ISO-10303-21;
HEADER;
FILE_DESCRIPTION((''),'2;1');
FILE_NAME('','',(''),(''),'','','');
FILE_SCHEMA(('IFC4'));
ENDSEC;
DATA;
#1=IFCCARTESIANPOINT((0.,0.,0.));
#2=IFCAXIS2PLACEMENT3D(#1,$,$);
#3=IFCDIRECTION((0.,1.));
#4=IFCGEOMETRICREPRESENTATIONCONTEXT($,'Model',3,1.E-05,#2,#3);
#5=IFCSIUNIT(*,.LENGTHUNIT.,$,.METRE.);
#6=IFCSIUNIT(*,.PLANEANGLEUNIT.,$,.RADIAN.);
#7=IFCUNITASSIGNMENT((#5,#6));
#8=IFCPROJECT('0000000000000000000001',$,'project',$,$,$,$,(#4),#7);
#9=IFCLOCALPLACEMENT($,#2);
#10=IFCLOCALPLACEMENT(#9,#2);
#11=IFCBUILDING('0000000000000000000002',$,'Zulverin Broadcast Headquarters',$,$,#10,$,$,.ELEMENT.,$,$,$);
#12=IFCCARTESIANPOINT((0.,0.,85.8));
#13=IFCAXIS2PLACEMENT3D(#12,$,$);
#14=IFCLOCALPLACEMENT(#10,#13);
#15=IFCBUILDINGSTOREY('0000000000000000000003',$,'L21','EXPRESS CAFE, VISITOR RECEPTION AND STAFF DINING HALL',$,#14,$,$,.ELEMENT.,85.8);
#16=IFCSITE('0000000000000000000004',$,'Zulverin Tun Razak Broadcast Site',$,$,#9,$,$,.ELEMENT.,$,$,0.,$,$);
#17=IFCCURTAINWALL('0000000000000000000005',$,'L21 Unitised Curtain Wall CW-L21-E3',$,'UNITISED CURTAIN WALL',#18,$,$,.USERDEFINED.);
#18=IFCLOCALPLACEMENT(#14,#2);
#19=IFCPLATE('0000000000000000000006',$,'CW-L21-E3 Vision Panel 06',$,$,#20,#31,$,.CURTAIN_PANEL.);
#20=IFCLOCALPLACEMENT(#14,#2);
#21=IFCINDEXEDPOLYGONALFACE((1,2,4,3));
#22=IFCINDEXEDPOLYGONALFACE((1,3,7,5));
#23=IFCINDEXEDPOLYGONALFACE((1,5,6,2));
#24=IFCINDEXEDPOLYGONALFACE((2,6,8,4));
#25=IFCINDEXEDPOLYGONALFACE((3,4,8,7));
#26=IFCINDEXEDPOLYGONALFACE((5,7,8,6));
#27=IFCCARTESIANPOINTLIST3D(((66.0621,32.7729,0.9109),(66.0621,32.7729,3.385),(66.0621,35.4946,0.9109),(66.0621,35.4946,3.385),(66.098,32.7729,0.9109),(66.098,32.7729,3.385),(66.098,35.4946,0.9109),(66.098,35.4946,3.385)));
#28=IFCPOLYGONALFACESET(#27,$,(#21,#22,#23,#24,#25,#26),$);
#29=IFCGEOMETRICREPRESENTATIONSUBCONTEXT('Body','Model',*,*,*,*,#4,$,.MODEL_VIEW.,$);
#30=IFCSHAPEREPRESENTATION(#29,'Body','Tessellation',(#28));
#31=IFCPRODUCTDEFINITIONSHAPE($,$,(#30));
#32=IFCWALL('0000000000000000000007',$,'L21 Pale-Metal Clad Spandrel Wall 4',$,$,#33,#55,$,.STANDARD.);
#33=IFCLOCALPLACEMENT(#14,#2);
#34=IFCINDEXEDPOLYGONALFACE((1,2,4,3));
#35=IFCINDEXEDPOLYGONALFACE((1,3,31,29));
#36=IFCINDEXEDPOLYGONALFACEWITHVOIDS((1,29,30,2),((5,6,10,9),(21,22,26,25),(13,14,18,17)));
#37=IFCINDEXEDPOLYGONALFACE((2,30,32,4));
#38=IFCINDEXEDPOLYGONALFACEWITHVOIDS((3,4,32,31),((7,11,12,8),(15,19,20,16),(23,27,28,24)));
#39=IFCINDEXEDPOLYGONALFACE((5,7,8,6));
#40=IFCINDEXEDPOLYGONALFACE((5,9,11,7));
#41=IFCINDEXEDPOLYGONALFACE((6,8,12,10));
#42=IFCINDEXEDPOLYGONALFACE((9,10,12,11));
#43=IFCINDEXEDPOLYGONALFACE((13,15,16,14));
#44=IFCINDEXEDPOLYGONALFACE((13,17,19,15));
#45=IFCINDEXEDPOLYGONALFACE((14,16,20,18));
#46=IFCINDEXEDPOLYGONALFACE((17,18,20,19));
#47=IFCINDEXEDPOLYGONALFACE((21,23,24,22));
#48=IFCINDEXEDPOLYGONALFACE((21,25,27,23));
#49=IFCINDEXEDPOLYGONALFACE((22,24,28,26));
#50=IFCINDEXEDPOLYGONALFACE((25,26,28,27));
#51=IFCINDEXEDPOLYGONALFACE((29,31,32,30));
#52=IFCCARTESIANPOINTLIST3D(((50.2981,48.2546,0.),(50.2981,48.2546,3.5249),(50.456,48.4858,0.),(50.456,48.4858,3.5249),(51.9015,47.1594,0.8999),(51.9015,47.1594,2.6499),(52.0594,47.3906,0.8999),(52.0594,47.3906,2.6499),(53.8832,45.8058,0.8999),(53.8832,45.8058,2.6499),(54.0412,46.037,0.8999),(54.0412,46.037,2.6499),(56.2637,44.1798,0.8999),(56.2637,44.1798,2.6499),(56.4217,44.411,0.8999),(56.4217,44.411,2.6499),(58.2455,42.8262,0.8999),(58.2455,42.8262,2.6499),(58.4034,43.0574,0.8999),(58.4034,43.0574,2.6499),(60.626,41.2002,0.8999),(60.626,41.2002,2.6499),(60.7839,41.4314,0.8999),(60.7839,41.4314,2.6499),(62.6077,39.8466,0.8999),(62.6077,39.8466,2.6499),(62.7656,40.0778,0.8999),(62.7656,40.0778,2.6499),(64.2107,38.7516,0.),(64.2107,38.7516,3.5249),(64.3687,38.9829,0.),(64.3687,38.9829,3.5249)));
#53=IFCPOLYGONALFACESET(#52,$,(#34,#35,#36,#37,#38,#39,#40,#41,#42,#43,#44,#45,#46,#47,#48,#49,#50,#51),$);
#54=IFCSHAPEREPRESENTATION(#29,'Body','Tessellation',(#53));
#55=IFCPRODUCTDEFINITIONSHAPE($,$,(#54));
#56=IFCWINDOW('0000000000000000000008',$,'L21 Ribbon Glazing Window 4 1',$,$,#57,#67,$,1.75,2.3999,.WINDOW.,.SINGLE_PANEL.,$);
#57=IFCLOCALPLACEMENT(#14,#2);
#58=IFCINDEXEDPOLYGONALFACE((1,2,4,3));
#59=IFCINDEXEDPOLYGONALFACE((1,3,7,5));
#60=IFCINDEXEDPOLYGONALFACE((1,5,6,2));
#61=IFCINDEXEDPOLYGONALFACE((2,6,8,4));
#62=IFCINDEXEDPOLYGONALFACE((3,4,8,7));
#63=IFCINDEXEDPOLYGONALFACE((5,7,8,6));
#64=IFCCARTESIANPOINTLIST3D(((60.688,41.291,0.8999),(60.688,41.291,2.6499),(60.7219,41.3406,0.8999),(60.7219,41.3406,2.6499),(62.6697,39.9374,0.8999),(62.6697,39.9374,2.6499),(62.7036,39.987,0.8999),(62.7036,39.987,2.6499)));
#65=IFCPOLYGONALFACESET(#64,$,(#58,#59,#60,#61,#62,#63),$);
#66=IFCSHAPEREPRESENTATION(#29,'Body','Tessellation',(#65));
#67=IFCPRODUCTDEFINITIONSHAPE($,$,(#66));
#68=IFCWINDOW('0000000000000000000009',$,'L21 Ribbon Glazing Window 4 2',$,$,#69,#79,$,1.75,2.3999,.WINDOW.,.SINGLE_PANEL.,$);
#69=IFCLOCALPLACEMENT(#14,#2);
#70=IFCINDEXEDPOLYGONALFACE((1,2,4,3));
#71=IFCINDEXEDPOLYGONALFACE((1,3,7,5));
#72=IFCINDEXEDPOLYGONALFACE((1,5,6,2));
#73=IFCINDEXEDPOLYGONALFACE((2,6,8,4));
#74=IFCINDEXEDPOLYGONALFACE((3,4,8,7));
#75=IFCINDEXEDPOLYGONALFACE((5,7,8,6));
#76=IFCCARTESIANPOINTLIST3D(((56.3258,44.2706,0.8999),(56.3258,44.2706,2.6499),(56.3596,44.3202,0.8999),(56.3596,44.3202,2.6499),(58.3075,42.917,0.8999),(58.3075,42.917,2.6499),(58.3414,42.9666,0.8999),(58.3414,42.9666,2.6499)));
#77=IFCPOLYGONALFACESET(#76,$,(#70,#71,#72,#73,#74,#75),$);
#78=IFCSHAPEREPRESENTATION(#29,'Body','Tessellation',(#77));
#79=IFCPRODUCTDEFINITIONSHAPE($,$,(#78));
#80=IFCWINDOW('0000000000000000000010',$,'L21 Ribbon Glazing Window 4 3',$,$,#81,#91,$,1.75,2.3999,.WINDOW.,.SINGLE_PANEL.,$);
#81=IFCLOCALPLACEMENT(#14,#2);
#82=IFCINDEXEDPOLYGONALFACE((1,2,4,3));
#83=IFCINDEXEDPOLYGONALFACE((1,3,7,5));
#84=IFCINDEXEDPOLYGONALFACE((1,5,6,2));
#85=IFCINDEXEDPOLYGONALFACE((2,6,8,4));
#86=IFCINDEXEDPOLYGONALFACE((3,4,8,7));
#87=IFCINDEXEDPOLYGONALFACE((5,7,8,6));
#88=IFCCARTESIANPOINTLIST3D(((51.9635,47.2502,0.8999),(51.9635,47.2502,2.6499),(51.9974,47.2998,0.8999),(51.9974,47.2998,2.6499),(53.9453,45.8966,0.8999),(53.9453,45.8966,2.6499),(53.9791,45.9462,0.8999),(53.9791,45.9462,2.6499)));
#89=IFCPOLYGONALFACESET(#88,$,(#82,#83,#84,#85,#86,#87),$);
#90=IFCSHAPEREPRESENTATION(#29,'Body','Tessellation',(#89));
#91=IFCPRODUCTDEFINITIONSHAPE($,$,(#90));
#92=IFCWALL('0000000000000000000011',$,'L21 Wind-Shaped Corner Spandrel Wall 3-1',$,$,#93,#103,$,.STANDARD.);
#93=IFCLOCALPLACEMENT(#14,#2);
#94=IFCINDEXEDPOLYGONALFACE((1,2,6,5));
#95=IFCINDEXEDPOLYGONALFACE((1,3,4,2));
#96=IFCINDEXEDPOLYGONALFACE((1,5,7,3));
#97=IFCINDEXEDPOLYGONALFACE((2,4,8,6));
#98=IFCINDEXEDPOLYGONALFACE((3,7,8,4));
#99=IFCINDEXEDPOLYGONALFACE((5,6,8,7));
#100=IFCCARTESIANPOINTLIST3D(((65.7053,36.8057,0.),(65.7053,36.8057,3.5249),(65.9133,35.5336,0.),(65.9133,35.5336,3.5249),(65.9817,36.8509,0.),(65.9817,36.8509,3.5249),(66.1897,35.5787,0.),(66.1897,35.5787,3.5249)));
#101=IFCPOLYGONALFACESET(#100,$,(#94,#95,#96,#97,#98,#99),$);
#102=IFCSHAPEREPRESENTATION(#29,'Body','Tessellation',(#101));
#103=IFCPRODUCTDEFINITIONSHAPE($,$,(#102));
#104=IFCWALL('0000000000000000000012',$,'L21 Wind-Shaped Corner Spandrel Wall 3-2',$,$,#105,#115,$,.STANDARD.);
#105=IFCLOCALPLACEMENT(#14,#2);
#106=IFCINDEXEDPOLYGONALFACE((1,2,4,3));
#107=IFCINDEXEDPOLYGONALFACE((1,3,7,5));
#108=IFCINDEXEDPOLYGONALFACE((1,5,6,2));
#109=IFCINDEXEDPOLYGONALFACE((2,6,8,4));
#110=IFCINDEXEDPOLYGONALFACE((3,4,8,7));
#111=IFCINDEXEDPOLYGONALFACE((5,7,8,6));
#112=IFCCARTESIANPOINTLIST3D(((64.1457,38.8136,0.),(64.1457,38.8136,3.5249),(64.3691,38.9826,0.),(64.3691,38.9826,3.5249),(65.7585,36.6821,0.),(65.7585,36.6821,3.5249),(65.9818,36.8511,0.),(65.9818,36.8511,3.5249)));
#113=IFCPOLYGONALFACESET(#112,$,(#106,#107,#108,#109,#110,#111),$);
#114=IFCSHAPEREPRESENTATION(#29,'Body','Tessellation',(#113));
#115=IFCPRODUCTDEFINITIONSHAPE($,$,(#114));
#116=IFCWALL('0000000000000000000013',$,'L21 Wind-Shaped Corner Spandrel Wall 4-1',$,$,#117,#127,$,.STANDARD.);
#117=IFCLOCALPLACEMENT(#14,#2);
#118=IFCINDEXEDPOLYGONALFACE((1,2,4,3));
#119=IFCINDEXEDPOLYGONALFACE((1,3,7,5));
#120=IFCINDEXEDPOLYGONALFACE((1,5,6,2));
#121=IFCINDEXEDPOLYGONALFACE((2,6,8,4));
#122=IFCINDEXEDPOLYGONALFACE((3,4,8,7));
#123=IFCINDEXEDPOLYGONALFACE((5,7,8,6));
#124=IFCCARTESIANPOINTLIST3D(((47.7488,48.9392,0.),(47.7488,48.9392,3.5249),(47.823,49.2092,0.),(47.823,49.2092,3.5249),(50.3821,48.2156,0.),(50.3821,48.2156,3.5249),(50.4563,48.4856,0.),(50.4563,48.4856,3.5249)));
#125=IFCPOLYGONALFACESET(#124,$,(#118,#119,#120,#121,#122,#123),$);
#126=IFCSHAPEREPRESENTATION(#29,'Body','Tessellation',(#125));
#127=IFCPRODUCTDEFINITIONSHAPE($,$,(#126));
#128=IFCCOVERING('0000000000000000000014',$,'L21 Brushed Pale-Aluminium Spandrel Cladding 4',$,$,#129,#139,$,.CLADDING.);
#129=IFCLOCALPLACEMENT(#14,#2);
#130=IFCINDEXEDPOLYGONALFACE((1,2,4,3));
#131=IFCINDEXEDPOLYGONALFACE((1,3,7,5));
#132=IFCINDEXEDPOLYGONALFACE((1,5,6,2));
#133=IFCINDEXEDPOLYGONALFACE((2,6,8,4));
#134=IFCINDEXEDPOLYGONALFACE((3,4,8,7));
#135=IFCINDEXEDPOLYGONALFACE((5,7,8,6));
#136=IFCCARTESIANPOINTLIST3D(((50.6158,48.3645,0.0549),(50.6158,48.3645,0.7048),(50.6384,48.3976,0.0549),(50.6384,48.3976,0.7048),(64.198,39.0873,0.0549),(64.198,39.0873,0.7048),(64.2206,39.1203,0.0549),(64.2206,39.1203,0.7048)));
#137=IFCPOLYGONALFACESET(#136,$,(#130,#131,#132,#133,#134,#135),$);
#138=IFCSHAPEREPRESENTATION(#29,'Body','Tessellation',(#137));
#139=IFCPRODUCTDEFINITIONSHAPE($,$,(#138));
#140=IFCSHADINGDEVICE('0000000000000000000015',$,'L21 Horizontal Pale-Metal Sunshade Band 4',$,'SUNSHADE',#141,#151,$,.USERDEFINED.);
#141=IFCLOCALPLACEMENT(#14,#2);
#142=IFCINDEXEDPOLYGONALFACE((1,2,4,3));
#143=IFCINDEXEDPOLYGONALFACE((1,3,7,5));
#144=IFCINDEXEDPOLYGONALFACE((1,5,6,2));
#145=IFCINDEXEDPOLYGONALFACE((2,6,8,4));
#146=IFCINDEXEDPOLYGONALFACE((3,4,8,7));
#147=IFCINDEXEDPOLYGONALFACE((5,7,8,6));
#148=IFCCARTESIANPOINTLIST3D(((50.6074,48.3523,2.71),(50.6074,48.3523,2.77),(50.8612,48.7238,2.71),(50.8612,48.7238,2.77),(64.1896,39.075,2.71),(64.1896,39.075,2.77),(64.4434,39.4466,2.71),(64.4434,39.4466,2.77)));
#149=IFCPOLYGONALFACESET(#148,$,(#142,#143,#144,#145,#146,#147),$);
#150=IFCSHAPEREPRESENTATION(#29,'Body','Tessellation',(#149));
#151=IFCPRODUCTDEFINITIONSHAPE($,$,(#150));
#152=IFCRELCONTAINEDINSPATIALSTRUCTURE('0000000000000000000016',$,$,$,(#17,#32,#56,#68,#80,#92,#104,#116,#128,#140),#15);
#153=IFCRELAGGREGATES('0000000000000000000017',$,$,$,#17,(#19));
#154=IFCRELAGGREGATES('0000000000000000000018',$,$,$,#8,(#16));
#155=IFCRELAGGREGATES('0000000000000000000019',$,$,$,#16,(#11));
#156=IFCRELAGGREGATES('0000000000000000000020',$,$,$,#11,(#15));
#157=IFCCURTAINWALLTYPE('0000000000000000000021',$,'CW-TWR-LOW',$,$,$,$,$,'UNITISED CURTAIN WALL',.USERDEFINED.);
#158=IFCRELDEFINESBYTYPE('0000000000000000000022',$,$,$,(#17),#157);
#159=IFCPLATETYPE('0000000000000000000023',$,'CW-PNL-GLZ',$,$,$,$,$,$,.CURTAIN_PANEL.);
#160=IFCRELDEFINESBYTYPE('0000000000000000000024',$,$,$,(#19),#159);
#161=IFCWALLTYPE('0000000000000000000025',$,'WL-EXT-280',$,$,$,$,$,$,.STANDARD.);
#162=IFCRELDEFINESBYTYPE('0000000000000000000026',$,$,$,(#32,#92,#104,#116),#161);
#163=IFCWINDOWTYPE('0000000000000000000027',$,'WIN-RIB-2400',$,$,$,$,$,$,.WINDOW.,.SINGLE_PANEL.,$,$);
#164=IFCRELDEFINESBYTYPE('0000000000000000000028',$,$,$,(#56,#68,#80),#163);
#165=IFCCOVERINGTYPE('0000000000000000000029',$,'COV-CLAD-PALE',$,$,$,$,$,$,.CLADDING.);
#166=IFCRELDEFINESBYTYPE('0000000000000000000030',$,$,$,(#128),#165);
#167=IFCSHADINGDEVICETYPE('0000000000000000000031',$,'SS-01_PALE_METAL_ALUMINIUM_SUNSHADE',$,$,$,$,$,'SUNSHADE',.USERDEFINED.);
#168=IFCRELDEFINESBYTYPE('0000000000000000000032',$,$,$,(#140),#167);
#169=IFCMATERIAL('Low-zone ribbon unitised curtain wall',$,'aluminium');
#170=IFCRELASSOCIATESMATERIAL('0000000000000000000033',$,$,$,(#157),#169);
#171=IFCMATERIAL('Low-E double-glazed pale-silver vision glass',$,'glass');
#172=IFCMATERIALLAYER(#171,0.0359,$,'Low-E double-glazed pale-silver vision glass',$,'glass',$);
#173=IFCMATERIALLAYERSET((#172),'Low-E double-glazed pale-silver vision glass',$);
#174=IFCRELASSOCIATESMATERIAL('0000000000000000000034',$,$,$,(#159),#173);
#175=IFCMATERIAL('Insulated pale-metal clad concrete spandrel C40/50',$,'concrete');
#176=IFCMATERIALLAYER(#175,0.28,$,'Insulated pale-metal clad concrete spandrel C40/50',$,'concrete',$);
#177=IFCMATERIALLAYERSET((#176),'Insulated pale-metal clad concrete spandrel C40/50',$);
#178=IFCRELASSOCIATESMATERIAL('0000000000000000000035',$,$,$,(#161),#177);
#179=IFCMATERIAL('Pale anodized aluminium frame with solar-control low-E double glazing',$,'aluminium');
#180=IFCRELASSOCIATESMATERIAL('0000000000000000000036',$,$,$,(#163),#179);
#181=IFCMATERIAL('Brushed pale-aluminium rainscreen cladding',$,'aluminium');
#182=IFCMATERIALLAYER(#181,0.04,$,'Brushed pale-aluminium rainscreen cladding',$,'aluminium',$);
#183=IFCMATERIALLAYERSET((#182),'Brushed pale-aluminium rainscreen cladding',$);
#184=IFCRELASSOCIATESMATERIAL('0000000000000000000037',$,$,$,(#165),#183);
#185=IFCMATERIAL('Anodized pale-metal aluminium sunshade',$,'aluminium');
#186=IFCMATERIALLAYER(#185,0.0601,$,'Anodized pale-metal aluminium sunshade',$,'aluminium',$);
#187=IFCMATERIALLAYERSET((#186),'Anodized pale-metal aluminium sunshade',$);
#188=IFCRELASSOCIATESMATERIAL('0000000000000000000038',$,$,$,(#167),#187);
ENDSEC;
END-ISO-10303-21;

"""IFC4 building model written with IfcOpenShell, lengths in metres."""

from ifc_helpers import new_model, si_unit, direction, frame, frame_2d, origin, origin_2d, place, context, subcontext, project, spatial, rectangle, extrude, material, layer, layer_set, type_object, element, fill, aggregate, save


model = new_model("IFC4")

# Units and contexts
model_context = context("Model", 3, precision=1e-05, world=origin(), true_north=direction((0.0, 1.0)))
body_context = subcontext(model_context, "Body", "Model", "MODEL_VIEW")
ifc_project = project(units=[si_unit("LENGTHUNIT", "METRE"), si_unit("PLANEANGLEUNIT", "RADIAN")], contexts=[model_context])

# Site, building, storey
site_placement = place(None, origin())
site = spatial("IfcSite", under=ifc_project, at=site_placement, Name="Zulverin Tun Razak Broadcast Site", CompositionType="ELEMENT", RefElevation=0.0)
building_placement = place(site_placement, origin())
building = spatial("IfcBuilding", under=site, at=building_placement, Name="Zulverin Broadcast Headquarters", CompositionType="ELEMENT")
storey_placement = place(building_placement, frame((0.0, 0.0, 85.8)))
storey = spatial("IfcBuildingStorey", under=building, at=storey_placement, Name="L21", Description="EXPRESS CAFE, VISITOR RECEPTION AND STAFF DINING HALL", CompositionType="ELEMENT", Elevation=85.8)

# Curtain wall, plate
ifc_material_1 = material(Name="Low-zone ribbon unitised curtain wall", Category="aluminium")
curtain_wall_type = type_object("IfcCurtainWallType", Name="CW-TWR-LOW", ElementType="UNITISED CURTAIN WALL", PredefinedType="USERDEFINED", material=ifc_material_1)
curtain_wall_placement = place(storey_placement, origin())
curtain_wall = element("IfcCurtainWall", 1, at=curtain_wall_placement, inside=storey, type_object=curtain_wall_type, Name="L21 Unitised Curtain Wall CW-L21-E3", ObjectType="UNITISED CURTAIN WALL", PredefinedType="USERDEFINED")
ifc_material_2 = material(Name="Low-E double-glazed pale-silver vision glass", Category="glass")
ifc_layer_1 = layer(ifc_material_2, 0.0359, Name="Low-E double-glazed pale-silver vision glass", Category="glass")
ifc_layer_set_1 = layer_set([ifc_layer_1], Name="Low-E double-glazed pale-silver vision glass")
plate_type = type_object("IfcPlateType", Name="CW-PNL-GLZ", PredefinedType="CURTAIN_PANEL", material=ifc_layer_set_1)
plate_placement = place(storey_placement, frame((66.0801, 34.1338, 0.9109), z_axis=(0.0, 0.0, 1.0), x_axis=(0.0, 1.0, 0.0)))
plate = element("IfcPlate", 2, at=plate_placement, type_object=plate_type, Name="CW-L21-E3 Vision Panel 06", PredefinedType="CURTAIN_PANEL", context=body_context, shape_type="SweptSolid", body=[
    extrude(rectangle(XDim=2.7217, YDim=0.0359, at=origin_2d()), origin(), (0.0, 0.0, 1.0), 2.4741),
])
aggregate(curtain_wall, [plate])

# Wall, openings, windows
ifc_material_3 = material(Name="Insulated pale-metal clad concrete spandrel C40/50", Category="concrete")
ifc_layer_2 = layer(ifc_material_3, 0.28, Name="Insulated pale-metal clad concrete spandrel C40/50", Category="concrete")
ifc_layer_set_2 = layer_set([ifc_layer_2], Name="Insulated pale-metal clad concrete spandrel C40/50")
wall_type = type_object("IfcWallType", Name="WL-EXT-280", PredefinedType="STANDARD", material=ifc_layer_set_2)
wall_1_placement = place(storey_placement, frame((64.2898, 38.8672, 0.0), z_axis=(0.0, 0.0, 1.0), x_axis=(-0.825756, 0.564028, 0.0)))
wall_1 = element("IfcWall", 3, at=wall_1_placement, inside=storey, type_object=wall_type, Name="L21 Pale-Metal Clad Spandrel Wall 4", PredefinedType="STANDARD", context=body_context, shape_type="SweptSolid", body=[
    extrude(rectangle(XDim=16.8484, YDim=0.28, at=frame_2d((8.4243, 0.0))), origin(), (0.0, 0.0, 1.0), 3.5249),
])
opening_1_placement = place(wall_1_placement, frame((1.9414, 0.0, 0.8999)))
opening_1 = element("IfcOpeningElement", 4, at=opening_1_placement, cuts=wall_1, PredefinedType="OPENING", context=body_context, shape_type="SweptSolid", body=[
    extrude(rectangle(XDim=2.3999, YDim=1.75, at=frame_2d((1.2, 0.875))), frame((0.0, 0.1499, 0.0), z_axis=(0.0, -1.0, 0.0), x_axis=(1.0, 0.0, 0.0)), (0.0, 0.0, 1.0), 0.3),
])
opening_2_placement = place(wall_1_placement, frame((7.2241, 0.0, 0.8999)))
opening_2 = element("IfcOpeningElement", 5, at=opening_2_placement, cuts=wall_1, PredefinedType="OPENING", context=body_context, shape_type="SweptSolid", body=[
    extrude(rectangle(XDim=2.3999, YDim=1.75, at=frame_2d((1.2, 0.875))), frame((0.0, 0.1499, 0.0), z_axis=(0.0, -1.0, 0.0), x_axis=(1.0, 0.0, 0.0)), (0.0, 0.0, 1.0), 0.3),
])
opening_3_placement = place(wall_1_placement, frame((12.5068, 0.0, 0.8999)))
opening_3 = element("IfcOpeningElement", 6, at=opening_3_placement, cuts=wall_1, PredefinedType="OPENING", context=body_context, shape_type="SweptSolid", body=[
    extrude(rectangle(XDim=2.3999, YDim=1.75, at=frame_2d((1.2, 0.875))), frame((0.0, 0.1499, 0.0), z_axis=(0.0, -1.0, 0.0), x_axis=(1.0, 0.0, 0.0)), (0.0, 0.0, 1.0), 0.3),
])
ifc_material_4 = material(Name="Pale anodized aluminium frame with solar-control low-E double glazing", Category="aluminium")
window_type = type_object("IfcWindowType", Name="WIN-RIB-2400", PartitioningType="SINGLE_PANEL", PredefinedType="WINDOW", material=ifc_material_4)
window_1_placement = place(opening_1_placement, origin())
window_1 = element("IfcWindow", 7, at=window_1_placement, inside=storey, type_object=window_type, Name="L21 Ribbon Glazing Window 4 1", OverallHeight=1.75, OverallWidth=2.3999, PartitioningType="SINGLE_PANEL", PredefinedType="WINDOW", context=body_context, shape_type="SweptSolid", body=[
    extrude(rectangle(XDim=2.3999, YDim=1.75, at=frame_2d((1.2, 0.875))), frame((0.0, 0.03, 0.0), z_axis=(0.0, -1.0, 0.0), x_axis=(1.0, 0.0, 0.0)), (0.0, 0.0, 1.0), 0.0601),
])
fill(opening_1, window_1)
window_2_placement = place(opening_2_placement, origin())
window_2 = element("IfcWindow", 8, at=window_2_placement, inside=storey, type_object=window_type, Name="L21 Ribbon Glazing Window 4 2", OverallHeight=1.75, OverallWidth=2.3999, PartitioningType="SINGLE_PANEL", PredefinedType="WINDOW", context=body_context, shape_type="SweptSolid", body=[
    extrude(rectangle(XDim=2.3999, YDim=1.75, at=frame_2d((1.2, 0.875))), frame((0.0, 0.03, 0.0), z_axis=(0.0, -1.0, 0.0), x_axis=(1.0, 0.0, 0.0)), (0.0, 0.0, 1.0), 0.0601),
])
fill(opening_2, window_2)
window_3_placement = place(opening_3_placement, origin())
window_3 = element("IfcWindow", 9, at=window_3_placement, inside=storey, type_object=window_type, Name="L21 Ribbon Glazing Window 4 3", OverallHeight=1.75, OverallWidth=2.3999, PartitioningType="SINGLE_PANEL", PredefinedType="WINDOW", context=body_context, shape_type="SweptSolid", body=[
    extrude(rectangle(XDim=2.3999, YDim=1.75, at=frame_2d((1.2, 0.875))), frame((0.0, 0.03, 0.0), z_axis=(0.0, -1.0, 0.0), x_axis=(1.0, 0.0, 0.0)), (0.0, 0.0, 1.0), 0.0601),
])
fill(opening_3, window_3)

# Walls
wall_2_placement = place(storey_placement, frame((66.0515, 35.5562, 0.0), z_axis=(0.0, 0.0, 1.0), x_axis=(-0.161358, 0.986896, 0.0)))
element("IfcWall", 10, at=wall_2_placement, inside=storey, type_object=wall_type, Name="L21 Wind-Shaped Corner Spandrel Wall 3-1", PredefinedType="STANDARD", context=body_context, shape_type="SweptSolid", body=[
    extrude(rectangle(XDim=1.2891, YDim=0.28, at=frame_2d((0.6445, 0.0))), origin(), (0.0, 0.0, 1.0), 3.5249),
])
wall_3_placement = place(storey_placement, frame((65.8701, 36.7666, 0.0), z_axis=(0.0, 0.0, 1.0), x_axis=(-0.60337, 0.797461, 0.0)))
element("IfcWall", 11, at=wall_3_placement, inside=storey, type_object=wall_type, Name="L21 Wind-Shaped Corner Spandrel Wall 3-2", PredefinedType="STANDARD", context=body_context, shape_type="SweptSolid", body=[
    extrude(rectangle(XDim=2.6729, YDim=0.28, at=frame_2d((1.3364, 0.0))), origin(), (0.0, 0.0, 1.0), 3.5249),
])
wall_4_placement = place(storey_placement, frame((50.4192, 48.3506, 0.0), z_axis=(0.0, 0.0, 1.0), x_axis=(-0.964255, 0.264978, 0.0)))
element("IfcWall", 12, at=wall_4_placement, inside=storey, type_object=wall_type, Name="L21 Wind-Shaped Corner Spandrel Wall 4-1", PredefinedType="STANDARD", context=body_context, shape_type="SweptSolid", body=[
    extrude(rectangle(XDim=2.731, YDim=0.28, at=frame_2d((1.3655, 0.0))), origin(), (0.0, 0.0, 1.0), 3.5249),
])

# Covering
ifc_material_5 = material(Name="Brushed pale-aluminium rainscreen cladding", Category="aluminium")
ifc_layer_3 = layer(ifc_material_5, 0.04, Name="Brushed pale-aluminium rainscreen cladding", Category="aluminium")
ifc_layer_set_3 = layer_set([ifc_layer_3], Name="Brushed pale-aluminium rainscreen cladding")
covering_type = type_object("IfcCoveringType", Name="COV-CLAD-PALE", PredefinedType="CLADDING", material=ifc_layer_set_3)
covering_placement = place(storey_placement, frame((57.4182, 43.7424, 0.0549), z_axis=(0.0, 0.0, 1.0), x_axis=(-0.825757, 0.564026, 0.0)))
element("IfcCovering", 13, at=covering_placement, inside=storey, type_object=covering_type, Name="L21 Brushed Pale-Aluminium Spandrel Cladding 4", PredefinedType="CLADDING", context=body_context, shape_type="SweptSolid", body=[
    extrude(rectangle(XDim=16.4482, YDim=0.04, at=origin_2d()), origin(), (0.0, 0.0, 1.0), 0.6499),
])

# Shading device
ifc_material_6 = material(Name="Anodized pale-metal aluminium sunshade", Category="aluminium")
ifc_layer_4 = layer(ifc_material_6, 0.0601, Name="Anodized pale-metal aluminium sunshade", Category="aluminium")
ifc_layer_set_4 = layer_set([ifc_layer_4], Name="Anodized pale-metal aluminium sunshade")
shading_device_type = type_object("IfcShadingDeviceType", Name="SS-01_PALE_METAL_ALUMINIUM_SUNSHADE", ElementType="SUNSHADE", PredefinedType="USERDEFINED", material=ifc_layer_set_4)
shading_device_placement = place(storey_placement, frame((57.5254, 43.8994, 2.71), z_axis=(0.0, 0.0, 1.0), x_axis=(-0.825757, 0.564026, 0.0)))
element("IfcShadingDevice", 14, at=shading_device_placement, inside=storey, type_object=shading_device_type, Name="L21 Horizontal Pale-Metal Sunshade Band 4", ObjectType="SUNSHADE", PredefinedType="USERDEFINED", context=body_context, shape_type="SweptSolid", body=[
    extrude(rectangle(XDim=16.4482, YDim=0.45, at=origin_2d()), origin(), (0.0, 0.0, 1.0), 0.0601),
])

save(model, "model.ifc")
